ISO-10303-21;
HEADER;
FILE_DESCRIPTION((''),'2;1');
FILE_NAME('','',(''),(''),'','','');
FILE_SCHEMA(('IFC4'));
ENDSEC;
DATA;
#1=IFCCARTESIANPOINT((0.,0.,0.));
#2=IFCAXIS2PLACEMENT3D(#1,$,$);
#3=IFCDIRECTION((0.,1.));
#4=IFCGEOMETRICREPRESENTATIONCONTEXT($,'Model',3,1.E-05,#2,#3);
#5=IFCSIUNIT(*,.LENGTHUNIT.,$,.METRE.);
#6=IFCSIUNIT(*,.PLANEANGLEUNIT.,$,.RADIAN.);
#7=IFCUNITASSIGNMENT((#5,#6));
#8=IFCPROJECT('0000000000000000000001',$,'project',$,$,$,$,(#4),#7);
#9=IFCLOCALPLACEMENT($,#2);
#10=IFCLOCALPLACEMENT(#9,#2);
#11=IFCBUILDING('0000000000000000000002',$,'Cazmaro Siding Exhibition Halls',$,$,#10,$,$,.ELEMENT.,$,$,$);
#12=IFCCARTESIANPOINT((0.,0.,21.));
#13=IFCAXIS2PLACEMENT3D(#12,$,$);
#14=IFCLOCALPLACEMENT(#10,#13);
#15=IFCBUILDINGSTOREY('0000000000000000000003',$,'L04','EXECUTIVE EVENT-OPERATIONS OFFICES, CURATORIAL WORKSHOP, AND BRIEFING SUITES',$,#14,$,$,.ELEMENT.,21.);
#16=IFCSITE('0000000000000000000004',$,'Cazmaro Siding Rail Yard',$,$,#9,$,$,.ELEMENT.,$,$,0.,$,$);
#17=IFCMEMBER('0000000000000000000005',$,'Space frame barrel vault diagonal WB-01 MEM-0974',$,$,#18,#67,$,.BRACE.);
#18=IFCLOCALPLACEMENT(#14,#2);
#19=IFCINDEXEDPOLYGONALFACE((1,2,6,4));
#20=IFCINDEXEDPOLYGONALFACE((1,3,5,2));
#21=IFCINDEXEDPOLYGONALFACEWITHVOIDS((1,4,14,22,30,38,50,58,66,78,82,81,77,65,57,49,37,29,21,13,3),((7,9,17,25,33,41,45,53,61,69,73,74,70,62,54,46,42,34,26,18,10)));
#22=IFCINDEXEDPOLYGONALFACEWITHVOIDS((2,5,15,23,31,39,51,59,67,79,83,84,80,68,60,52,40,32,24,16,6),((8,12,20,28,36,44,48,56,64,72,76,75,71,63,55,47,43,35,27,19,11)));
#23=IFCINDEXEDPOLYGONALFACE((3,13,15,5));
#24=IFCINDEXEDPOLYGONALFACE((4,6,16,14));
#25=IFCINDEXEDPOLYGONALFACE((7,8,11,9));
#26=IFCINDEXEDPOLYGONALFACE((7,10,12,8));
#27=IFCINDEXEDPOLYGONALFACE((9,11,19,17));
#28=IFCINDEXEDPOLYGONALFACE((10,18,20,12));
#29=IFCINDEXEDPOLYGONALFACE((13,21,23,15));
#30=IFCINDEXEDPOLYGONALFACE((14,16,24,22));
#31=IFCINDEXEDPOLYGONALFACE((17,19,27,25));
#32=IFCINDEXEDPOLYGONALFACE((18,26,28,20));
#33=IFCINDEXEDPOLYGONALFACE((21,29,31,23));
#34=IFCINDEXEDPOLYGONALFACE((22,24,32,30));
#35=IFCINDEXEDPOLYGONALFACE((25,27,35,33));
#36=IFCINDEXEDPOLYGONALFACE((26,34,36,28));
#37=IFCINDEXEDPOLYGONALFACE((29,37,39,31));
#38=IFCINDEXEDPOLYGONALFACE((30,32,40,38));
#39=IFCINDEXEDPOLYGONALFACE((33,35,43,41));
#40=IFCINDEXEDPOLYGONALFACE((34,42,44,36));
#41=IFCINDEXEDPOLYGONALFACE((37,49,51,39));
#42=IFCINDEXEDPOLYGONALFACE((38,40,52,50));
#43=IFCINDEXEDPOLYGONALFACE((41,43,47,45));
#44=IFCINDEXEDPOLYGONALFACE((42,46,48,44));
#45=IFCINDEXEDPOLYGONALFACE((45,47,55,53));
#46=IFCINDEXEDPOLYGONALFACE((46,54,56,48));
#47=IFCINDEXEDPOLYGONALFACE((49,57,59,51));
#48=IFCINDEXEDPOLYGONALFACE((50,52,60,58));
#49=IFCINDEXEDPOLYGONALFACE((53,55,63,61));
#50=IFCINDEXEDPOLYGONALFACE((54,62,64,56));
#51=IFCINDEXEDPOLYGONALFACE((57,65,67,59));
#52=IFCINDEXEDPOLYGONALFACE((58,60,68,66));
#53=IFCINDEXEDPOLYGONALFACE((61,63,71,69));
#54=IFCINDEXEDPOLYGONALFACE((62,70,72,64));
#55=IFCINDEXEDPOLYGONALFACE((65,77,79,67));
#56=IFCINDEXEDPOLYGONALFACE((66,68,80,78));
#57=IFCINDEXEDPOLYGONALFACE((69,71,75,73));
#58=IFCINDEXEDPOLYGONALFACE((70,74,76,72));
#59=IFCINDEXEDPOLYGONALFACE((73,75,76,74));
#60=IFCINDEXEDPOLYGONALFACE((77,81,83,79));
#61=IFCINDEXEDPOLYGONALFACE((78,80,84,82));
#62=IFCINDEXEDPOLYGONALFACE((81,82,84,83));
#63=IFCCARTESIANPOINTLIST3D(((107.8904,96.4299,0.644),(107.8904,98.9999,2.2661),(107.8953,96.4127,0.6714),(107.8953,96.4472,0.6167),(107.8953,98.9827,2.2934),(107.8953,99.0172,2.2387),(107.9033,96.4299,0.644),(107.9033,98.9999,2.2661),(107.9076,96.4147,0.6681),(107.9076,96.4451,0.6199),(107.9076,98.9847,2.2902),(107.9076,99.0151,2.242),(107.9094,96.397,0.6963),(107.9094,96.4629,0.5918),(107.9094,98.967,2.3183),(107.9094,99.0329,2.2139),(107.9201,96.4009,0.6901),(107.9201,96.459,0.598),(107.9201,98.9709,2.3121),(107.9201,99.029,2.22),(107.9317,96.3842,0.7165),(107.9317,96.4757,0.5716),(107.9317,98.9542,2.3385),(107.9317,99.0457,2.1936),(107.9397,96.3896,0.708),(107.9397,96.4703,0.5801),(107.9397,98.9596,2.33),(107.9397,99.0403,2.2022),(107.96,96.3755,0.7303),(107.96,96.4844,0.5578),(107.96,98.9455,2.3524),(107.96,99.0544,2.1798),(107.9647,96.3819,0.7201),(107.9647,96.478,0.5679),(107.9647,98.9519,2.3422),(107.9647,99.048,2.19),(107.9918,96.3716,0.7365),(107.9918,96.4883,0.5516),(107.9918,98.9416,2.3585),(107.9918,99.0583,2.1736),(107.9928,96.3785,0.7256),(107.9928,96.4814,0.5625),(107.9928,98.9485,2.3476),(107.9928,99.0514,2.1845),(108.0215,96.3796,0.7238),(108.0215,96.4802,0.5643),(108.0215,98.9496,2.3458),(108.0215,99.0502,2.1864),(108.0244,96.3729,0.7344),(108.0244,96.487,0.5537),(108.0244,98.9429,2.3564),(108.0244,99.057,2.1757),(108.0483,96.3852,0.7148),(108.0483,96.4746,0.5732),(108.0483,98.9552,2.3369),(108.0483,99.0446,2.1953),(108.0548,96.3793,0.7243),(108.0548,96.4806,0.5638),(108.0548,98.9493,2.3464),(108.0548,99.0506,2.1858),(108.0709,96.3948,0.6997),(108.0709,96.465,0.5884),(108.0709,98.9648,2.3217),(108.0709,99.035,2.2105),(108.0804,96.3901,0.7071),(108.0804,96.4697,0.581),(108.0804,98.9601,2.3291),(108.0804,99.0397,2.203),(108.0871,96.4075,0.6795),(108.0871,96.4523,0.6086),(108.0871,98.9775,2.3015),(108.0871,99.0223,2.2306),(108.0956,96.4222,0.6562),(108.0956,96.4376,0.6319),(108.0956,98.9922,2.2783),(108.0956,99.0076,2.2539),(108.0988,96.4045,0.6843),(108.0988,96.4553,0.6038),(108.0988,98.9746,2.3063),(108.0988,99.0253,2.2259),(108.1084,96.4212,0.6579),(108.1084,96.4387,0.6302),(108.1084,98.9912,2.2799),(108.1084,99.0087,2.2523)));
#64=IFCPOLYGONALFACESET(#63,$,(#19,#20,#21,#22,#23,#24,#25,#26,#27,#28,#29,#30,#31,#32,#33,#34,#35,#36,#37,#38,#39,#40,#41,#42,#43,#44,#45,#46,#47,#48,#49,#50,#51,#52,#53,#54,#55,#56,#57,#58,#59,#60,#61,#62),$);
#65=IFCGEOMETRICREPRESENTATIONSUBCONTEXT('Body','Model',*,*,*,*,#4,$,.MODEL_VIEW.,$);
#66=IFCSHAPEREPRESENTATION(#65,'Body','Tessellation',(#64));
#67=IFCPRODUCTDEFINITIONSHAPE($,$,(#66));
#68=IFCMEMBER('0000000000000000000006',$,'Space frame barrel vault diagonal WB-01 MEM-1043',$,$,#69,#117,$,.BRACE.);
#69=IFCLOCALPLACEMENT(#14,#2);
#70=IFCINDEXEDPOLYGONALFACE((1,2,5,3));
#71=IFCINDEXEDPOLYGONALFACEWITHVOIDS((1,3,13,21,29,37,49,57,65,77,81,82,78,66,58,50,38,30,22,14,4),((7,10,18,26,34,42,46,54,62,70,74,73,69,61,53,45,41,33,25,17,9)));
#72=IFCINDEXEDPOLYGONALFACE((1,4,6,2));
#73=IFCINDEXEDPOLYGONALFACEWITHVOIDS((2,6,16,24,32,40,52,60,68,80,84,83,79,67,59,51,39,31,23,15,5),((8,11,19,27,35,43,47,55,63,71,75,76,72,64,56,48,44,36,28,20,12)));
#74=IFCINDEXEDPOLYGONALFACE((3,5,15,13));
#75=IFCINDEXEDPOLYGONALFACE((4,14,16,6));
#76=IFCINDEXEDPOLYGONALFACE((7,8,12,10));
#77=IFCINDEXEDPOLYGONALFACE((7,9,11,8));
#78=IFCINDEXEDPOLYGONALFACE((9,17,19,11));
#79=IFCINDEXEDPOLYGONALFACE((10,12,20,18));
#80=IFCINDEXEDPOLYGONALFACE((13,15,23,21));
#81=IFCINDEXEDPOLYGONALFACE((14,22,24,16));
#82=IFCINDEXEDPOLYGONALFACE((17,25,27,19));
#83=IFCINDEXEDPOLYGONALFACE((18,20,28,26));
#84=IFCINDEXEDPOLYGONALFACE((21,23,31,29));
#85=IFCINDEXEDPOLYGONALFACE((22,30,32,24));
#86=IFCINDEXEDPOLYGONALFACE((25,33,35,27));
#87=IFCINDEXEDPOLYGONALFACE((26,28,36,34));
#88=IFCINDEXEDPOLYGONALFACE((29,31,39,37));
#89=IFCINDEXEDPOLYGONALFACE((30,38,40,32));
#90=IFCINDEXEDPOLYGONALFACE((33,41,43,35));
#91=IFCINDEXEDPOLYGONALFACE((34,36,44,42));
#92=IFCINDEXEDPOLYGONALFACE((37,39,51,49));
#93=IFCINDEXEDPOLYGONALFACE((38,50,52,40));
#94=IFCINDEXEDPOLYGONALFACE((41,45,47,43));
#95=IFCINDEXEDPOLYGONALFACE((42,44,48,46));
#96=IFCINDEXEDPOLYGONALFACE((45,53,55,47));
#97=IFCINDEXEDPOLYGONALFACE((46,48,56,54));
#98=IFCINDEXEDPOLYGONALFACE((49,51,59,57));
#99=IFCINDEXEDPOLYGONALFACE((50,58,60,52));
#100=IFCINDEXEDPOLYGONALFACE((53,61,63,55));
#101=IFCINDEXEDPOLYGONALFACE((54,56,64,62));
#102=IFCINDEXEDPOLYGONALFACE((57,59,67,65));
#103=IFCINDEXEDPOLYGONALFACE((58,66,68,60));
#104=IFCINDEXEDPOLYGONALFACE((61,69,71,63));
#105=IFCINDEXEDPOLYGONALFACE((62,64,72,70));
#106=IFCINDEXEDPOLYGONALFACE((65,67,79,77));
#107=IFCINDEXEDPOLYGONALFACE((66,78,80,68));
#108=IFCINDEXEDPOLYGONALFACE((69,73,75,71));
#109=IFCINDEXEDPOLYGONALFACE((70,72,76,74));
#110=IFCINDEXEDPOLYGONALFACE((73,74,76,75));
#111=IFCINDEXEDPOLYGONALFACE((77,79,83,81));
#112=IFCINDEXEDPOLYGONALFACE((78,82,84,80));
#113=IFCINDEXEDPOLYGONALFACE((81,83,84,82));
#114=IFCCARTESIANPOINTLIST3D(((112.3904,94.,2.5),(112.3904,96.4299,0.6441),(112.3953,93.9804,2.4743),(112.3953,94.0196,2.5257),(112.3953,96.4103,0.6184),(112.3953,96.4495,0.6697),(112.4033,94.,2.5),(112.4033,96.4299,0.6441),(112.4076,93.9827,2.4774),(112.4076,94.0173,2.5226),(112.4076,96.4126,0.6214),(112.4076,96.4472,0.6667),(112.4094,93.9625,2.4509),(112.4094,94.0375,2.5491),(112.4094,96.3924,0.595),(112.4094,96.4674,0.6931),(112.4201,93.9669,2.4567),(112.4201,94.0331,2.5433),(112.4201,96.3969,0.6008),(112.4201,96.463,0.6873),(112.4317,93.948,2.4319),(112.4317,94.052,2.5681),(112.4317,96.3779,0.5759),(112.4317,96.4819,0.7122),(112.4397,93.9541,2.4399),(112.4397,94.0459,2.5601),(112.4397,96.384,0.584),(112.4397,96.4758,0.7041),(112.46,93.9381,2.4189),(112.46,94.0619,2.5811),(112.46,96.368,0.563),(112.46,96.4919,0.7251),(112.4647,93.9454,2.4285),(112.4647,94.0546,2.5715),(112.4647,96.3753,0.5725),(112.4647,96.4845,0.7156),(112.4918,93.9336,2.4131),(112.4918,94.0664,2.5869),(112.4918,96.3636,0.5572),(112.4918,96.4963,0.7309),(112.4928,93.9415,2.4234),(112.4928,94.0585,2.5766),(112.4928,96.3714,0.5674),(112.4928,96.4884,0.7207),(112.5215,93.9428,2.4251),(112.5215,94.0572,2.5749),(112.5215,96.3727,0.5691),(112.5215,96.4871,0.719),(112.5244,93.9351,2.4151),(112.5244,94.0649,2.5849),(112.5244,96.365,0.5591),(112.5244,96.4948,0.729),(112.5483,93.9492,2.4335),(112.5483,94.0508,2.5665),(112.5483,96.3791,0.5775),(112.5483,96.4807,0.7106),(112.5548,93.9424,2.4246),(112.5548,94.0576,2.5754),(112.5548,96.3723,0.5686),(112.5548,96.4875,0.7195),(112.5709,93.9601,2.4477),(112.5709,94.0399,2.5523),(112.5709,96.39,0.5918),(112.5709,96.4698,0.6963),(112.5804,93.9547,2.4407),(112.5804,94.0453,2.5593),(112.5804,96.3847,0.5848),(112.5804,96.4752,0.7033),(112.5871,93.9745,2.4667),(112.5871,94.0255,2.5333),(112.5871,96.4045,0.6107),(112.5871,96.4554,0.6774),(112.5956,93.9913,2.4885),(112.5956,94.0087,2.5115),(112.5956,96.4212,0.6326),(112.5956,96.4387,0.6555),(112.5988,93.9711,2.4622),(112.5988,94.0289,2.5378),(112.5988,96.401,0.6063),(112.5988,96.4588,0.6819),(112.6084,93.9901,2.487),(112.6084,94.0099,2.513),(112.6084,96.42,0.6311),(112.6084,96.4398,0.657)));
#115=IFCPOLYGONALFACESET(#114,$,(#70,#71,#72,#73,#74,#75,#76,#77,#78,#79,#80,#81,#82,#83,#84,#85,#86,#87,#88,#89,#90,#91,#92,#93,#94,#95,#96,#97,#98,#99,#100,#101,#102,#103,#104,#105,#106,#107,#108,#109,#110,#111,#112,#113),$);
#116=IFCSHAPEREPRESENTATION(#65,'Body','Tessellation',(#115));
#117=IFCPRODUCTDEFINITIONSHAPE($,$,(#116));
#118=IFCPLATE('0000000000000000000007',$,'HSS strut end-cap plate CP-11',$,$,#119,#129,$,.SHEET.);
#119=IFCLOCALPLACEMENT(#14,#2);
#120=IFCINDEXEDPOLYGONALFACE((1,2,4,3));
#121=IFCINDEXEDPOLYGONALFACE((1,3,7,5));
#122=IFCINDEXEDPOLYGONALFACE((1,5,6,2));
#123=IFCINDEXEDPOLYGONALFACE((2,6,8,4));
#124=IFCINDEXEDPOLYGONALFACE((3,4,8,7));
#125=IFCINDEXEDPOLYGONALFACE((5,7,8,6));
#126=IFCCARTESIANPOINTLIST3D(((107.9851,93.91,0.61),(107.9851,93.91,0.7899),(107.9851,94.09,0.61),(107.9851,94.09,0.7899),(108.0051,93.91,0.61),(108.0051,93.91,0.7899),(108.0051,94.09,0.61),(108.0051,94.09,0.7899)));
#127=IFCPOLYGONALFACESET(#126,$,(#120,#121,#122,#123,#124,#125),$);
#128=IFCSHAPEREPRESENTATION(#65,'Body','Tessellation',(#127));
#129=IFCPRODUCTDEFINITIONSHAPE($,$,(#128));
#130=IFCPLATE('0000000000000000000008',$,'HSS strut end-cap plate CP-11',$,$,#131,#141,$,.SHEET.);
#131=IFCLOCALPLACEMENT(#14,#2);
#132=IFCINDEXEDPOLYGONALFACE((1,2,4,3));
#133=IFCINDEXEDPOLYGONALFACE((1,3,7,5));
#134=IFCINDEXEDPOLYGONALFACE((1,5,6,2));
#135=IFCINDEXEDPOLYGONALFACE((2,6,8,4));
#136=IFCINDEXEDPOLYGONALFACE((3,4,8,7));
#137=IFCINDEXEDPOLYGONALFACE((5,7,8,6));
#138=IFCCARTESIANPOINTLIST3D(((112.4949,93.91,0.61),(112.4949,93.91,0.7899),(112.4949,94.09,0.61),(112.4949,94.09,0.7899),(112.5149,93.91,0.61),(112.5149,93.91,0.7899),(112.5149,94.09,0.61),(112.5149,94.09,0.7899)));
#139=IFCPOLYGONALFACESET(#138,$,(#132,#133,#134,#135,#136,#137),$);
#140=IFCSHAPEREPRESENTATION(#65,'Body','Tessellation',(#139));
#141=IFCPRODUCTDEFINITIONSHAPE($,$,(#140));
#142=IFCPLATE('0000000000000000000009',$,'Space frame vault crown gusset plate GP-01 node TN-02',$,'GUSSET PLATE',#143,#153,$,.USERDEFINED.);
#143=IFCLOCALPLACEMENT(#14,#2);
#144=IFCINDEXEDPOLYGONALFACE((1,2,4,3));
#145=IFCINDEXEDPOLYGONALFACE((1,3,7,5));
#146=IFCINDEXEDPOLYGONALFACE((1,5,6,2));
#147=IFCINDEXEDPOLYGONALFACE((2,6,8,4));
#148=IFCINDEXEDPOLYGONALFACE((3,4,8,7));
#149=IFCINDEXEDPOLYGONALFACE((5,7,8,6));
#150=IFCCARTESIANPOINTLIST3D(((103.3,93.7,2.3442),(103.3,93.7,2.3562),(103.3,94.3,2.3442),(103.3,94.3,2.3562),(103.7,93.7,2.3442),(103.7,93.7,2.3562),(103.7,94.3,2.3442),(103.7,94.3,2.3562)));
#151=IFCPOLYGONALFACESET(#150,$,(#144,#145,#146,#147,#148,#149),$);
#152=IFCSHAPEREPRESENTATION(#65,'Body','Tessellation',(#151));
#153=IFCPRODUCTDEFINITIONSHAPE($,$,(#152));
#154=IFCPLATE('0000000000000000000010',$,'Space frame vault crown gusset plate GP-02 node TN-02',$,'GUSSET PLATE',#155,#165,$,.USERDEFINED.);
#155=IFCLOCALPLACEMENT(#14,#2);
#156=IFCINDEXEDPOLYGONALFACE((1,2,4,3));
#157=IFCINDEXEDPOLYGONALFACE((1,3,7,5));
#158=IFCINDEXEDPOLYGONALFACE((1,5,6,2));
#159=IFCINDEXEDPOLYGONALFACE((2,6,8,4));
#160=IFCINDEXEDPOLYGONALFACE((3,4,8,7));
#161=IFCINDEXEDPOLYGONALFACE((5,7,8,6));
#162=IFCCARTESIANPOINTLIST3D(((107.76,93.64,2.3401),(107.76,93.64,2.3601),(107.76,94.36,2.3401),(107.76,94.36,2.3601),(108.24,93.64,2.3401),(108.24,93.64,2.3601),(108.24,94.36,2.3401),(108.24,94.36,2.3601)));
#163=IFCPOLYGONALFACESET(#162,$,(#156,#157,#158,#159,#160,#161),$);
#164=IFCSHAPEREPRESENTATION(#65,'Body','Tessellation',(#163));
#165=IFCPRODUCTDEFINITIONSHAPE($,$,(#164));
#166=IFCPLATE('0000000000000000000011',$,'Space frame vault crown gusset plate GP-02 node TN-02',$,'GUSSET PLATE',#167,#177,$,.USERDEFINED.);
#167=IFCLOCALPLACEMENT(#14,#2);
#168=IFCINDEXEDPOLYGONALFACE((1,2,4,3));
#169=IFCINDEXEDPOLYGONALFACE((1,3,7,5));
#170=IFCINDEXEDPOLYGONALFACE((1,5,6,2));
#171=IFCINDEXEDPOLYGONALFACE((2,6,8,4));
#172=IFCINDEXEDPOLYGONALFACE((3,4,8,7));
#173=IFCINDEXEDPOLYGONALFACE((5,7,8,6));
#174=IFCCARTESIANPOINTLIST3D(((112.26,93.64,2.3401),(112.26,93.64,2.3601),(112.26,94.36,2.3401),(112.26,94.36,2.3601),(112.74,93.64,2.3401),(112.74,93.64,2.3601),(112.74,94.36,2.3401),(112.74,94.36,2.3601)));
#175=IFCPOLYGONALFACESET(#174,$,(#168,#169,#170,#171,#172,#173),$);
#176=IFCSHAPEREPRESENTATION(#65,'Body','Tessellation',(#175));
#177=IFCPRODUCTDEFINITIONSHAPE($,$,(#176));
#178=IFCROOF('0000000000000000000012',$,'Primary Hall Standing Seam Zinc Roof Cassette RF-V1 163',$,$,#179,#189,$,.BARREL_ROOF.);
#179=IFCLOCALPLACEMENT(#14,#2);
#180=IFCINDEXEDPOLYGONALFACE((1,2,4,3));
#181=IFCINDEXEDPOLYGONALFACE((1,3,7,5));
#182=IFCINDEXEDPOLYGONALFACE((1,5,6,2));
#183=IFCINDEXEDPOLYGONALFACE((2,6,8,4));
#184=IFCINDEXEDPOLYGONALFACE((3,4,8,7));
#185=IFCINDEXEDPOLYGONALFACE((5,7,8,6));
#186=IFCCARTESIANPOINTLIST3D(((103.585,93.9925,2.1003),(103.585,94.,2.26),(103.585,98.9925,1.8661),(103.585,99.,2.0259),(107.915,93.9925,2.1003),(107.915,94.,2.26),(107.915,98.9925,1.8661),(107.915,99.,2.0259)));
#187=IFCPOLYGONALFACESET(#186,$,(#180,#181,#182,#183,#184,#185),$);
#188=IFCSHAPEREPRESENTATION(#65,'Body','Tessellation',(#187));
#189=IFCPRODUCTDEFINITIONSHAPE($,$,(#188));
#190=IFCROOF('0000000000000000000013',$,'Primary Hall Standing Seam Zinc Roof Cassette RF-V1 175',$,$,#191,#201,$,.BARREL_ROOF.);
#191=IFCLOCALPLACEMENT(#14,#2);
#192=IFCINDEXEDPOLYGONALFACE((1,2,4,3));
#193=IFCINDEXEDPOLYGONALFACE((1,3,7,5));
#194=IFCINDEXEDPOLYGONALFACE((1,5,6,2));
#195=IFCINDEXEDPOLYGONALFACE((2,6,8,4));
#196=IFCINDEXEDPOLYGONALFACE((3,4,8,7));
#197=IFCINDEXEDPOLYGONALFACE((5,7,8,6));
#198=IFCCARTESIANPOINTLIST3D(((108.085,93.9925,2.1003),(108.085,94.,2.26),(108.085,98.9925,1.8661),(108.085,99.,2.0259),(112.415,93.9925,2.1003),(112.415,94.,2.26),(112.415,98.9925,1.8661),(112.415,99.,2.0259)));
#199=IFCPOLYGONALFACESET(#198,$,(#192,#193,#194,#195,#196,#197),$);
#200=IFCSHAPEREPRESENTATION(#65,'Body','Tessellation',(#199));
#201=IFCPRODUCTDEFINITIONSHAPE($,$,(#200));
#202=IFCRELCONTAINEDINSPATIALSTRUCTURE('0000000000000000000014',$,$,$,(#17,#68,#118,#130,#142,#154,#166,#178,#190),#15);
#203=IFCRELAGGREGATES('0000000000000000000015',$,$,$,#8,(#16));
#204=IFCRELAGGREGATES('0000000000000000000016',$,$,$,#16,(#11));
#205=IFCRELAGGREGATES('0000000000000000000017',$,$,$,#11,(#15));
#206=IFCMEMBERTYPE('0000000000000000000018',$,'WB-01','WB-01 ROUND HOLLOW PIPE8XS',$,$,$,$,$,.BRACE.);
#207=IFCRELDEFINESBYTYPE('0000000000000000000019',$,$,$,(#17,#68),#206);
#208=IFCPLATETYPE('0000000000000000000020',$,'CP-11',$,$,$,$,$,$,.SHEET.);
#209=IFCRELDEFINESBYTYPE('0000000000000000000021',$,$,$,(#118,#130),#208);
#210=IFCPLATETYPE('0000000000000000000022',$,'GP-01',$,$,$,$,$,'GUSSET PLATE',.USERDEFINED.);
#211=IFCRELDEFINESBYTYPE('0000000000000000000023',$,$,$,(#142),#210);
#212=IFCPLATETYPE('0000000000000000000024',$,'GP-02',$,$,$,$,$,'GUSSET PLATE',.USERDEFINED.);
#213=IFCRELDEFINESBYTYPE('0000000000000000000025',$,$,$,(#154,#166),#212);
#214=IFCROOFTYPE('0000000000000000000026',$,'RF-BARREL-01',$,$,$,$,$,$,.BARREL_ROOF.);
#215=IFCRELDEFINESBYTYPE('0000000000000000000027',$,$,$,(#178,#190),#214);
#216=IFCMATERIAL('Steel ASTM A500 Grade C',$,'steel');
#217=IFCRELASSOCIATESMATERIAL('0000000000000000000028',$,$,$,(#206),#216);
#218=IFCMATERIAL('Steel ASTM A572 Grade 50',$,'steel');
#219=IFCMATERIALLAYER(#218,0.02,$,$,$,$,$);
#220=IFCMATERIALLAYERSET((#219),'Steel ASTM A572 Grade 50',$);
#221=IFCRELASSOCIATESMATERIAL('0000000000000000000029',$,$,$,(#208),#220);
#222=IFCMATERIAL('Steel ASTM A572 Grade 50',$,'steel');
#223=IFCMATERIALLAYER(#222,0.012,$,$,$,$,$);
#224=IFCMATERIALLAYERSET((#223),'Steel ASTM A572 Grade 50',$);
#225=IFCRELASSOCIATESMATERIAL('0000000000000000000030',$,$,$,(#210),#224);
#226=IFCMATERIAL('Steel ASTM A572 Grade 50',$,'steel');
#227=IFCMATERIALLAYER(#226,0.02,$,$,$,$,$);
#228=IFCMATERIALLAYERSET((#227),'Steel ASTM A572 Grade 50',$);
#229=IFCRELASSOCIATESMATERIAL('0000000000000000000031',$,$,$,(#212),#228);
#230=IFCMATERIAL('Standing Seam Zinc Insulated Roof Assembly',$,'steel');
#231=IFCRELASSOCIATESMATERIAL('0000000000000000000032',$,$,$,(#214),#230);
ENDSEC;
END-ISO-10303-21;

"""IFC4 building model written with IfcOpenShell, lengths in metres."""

from ifc_helpers import new_model, si_unit, direction, frame, origin, origin_2d, place, context, subcontext, project, spatial, polyline, rectangle, hollow_circle, outline, extrude, material, layer, layer_set, material_profile, profile_set, type_object, element, save


model = new_model("IFC4")

# Units and contexts
model_context = context("Model", 3, precision=1e-05, world=origin(), true_north=direction((0.0, 1.0)))
body_context = subcontext(model_context, "Body", "Model", "MODEL_VIEW")
ifc_project = project(units=[si_unit("LENGTHUNIT", "METRE"), si_unit("PLANEANGLEUNIT", "RADIAN")], contexts=[model_context])

# Site, building, storey
site_placement = place(None, origin())
site = spatial("IfcSite", under=ifc_project, at=site_placement, Name="Cazmaro Siding Rail Yard", CompositionType="ELEMENT", RefElevation=0.0)
building_placement = place(site_placement, origin())
building = spatial("IfcBuilding", under=site, at=building_placement, Name="Cazmaro Siding Exhibition Halls", CompositionType="ELEMENT")
storey_placement = place(building_placement, frame((0.0, 0.0, 21.0)))
storey = spatial("IfcBuildingStorey", under=building, at=storey_placement, Name="L04", Description="EXECUTIVE EVENT-OPERATIONS OFFICES, CURATORIAL WORKSHOP, AND BRIEFING SUITES", CompositionType="ELEMENT", Elevation=21.0)

# Members
ifc_material_1 = material(Name="Steel ASTM A500 Grade C", Category="steel")
ifc_material_profile_1 = material_profile(ifc_material_1, hollow_circle(Radius=0.1096, WallThickness=0.0129, at=origin_2d()), Name="PIPE8XS")
ifc_profile_set_1 = profile_set([ifc_material_profile_1], Name="Steel ASTM A500 Grade C")
member_type_1 = type_object("IfcMemberType", Name="WB-01", Description="WB-01 ROUND HOLLOW PIPE8XS", PredefinedType="BRACE", material=ifc_profile_set_1)
member_1_placement = place(storey_placement, frame((108.0, 96.4299, 0.644), z_axis=(0.0, 0.845657, 0.533727), x_axis=(-1.0, 0.0, 0.0)))
element("IfcMember", 1, at=member_1_placement, inside=storey, type_object=member_type_1, Name="Space frame barrel vault diagonal WB-01 MEM-0974", PredefinedType="BRACE", context=body_context, shape_type="SweptSolid", body=[
    extrude(hollow_circle(Radius=0.1096, WallThickness=0.0129, at=origin_2d()), origin(), (0.0, 0.0, 1.0), 3.0391),
])
member_2_placement = place(storey_placement, frame((112.5, 94.0, 2.5), z_axis=(0.0, 0.794709, -0.606991), x_axis=(-1.0, 0.0, 0.0)))
element("IfcMember", 2, at=member_2_placement, inside=storey, type_object=member_type_1, Name="Space frame barrel vault diagonal WB-01 MEM-1043", PredefinedType="BRACE", context=body_context, shape_type="SweptSolid", body=[
    extrude(hollow_circle(Radius=0.1096, WallThickness=0.0129, at=origin_2d()), origin(), (0.0, 0.0, 1.0), 3.0576),
])

# Plates
ifc_material_2 = material(Name="Steel ASTM A572 Grade 50", Category="steel")
ifc_layer_1 = layer(ifc_material_2, 0.02)
ifc_layer_set_1 = layer_set([ifc_layer_1], Name="Steel ASTM A572 Grade 50")
plate_type_1 = type_object("IfcPlateType", Name="CP-11", PredefinedType="SHEET", material=ifc_layer_set_1)
for number, where, z_axis, x_axis, name in (
    (3, (107.9851, 94.0, 0.7), (1.0, 0.0, 0.0), (0.0, 1.0, 0.0), "HSS strut end-cap plate CP-11"),
    (4, (112.4949, 94.0, 0.7), (1.0, 0.0, 0.0), (0.0, 1.0, 0.0), "HSS strut end-cap plate CP-11"),
):
    element("IfcPlate", number, at=place(storey_placement, frame(where, z_axis=z_axis, x_axis=x_axis)), inside=storey, type_object=plate_type_1, Name=name, PredefinedType="SHEET", context=body_context, shape_type="SweptSolid", body=[
        extrude(rectangle(XDim=0.1799, YDim=0.1799, at=origin_2d()), origin(), (0.0, 0.0, 1.0), 0.02),
    ])
ifc_material_3 = material(Name="Steel ASTM A572 Grade 50", Category="steel")
ifc_layer_2 = layer(ifc_material_3, 0.012)
ifc_layer_set_2 = layer_set([ifc_layer_2], Name="Steel ASTM A572 Grade 50")
plate_type_2 = type_object("IfcPlateType", Name="GP-01", ElementType="GUSSET PLATE", PredefinedType="USERDEFINED", material=ifc_layer_set_2)
plate_placement = place(storey_placement, frame((103.5, 94.0, 2.3442), z_axis=(0.0, 0.0, 1.0), x_axis=(0.0, 1.0, 0.0)))
element("IfcPlate", 5, at=plate_placement, inside=storey, type_object=plate_type_2, Name="Space frame vault crown gusset plate GP-01 node TN-02", ObjectType="GUSSET PLATE", PredefinedType="USERDEFINED", context=body_context, shape_type="SweptSolid", body=[
    extrude(rectangle(XDim=0.6001, YDim=0.3999, at=origin_2d()), origin(), (0.0, 0.0, 1.0), 0.012),
])
ifc_material_4 = material(Name="Steel ASTM A572 Grade 50", Category="steel")
ifc_layer_3 = layer(ifc_material_4, 0.02)
ifc_layer_set_3 = layer_set([ifc_layer_3], Name="Steel ASTM A572 Grade 50")
plate_type_3 = type_object("IfcPlateType", Name="GP-02", ElementType="GUSSET PLATE", PredefinedType="USERDEFINED", material=ifc_layer_set_3)
for number, where, z_axis, x_axis, name in (
    (6, (108.0, 94.0, 2.3401), (0.0, 0.0, 1.0), (0.0, 1.0, 0.0), "Space frame vault crown gusset plate GP-02 node TN-02"),
    (7, (112.5, 94.0, 2.3401), (0.0, 0.0, 1.0), (0.0, 1.0, 0.0), "Space frame vault crown gusset plate GP-02 node TN-02"),
):
    element("IfcPlate", number, at=place(storey_placement, frame(where, z_axis=z_axis, x_axis=x_axis)), inside=storey, type_object=plate_type_3, Name=name, ObjectType="GUSSET PLATE", PredefinedType="USERDEFINED", context=body_context, shape_type="SweptSolid", body=[
        extrude(rectangle(XDim=0.72, YDim=0.48, at=origin_2d()), origin(), (0.0, 0.0, 1.0), 0.02),
    ])

# Roofs
ifc_material_5 = material(Name="Standing Seam Zinc Insulated Roof Assembly", Category="steel")
roof_type = type_object("IfcRoofType", Name="RF-BARREL-01", PredefinedType="BARREL_ROOF", material=ifc_material_5)
for number, where, z_axis, x_axis, name in (
    (8, (103.585, 94.0, 2.26), (0.0, 0.046775, 0.998905), (1.0, 0.0, 0.0), "Primary Hall Standing Seam Zinc Roof Cassette RF-V1 163"),
    (9, (108.085, 94.0, 2.26), (0.0, 0.046775, 0.998905), (1.0, 0.0, 0.0), "Primary Hall Standing Seam Zinc Roof Cassette RF-V1 175"),
):
    element("IfcRoof", number, at=place(storey_placement, frame(where, z_axis=z_axis, x_axis=x_axis)), inside=storey, type_object=roof_type, Name=name, PredefinedType="BARREL_ROOF", context=body_context, shape_type="SweptSolid", body=[
        extrude(outline(polyline([(0.0, 0.0), (4.3301, 0.0), (4.3301, 5.0055), (0.0, 5.0055), (0.0, 0.0)])), origin(), (0.0, 0.0, -1.0), 0.1599),
    ])

save(model, "model.ifc")
